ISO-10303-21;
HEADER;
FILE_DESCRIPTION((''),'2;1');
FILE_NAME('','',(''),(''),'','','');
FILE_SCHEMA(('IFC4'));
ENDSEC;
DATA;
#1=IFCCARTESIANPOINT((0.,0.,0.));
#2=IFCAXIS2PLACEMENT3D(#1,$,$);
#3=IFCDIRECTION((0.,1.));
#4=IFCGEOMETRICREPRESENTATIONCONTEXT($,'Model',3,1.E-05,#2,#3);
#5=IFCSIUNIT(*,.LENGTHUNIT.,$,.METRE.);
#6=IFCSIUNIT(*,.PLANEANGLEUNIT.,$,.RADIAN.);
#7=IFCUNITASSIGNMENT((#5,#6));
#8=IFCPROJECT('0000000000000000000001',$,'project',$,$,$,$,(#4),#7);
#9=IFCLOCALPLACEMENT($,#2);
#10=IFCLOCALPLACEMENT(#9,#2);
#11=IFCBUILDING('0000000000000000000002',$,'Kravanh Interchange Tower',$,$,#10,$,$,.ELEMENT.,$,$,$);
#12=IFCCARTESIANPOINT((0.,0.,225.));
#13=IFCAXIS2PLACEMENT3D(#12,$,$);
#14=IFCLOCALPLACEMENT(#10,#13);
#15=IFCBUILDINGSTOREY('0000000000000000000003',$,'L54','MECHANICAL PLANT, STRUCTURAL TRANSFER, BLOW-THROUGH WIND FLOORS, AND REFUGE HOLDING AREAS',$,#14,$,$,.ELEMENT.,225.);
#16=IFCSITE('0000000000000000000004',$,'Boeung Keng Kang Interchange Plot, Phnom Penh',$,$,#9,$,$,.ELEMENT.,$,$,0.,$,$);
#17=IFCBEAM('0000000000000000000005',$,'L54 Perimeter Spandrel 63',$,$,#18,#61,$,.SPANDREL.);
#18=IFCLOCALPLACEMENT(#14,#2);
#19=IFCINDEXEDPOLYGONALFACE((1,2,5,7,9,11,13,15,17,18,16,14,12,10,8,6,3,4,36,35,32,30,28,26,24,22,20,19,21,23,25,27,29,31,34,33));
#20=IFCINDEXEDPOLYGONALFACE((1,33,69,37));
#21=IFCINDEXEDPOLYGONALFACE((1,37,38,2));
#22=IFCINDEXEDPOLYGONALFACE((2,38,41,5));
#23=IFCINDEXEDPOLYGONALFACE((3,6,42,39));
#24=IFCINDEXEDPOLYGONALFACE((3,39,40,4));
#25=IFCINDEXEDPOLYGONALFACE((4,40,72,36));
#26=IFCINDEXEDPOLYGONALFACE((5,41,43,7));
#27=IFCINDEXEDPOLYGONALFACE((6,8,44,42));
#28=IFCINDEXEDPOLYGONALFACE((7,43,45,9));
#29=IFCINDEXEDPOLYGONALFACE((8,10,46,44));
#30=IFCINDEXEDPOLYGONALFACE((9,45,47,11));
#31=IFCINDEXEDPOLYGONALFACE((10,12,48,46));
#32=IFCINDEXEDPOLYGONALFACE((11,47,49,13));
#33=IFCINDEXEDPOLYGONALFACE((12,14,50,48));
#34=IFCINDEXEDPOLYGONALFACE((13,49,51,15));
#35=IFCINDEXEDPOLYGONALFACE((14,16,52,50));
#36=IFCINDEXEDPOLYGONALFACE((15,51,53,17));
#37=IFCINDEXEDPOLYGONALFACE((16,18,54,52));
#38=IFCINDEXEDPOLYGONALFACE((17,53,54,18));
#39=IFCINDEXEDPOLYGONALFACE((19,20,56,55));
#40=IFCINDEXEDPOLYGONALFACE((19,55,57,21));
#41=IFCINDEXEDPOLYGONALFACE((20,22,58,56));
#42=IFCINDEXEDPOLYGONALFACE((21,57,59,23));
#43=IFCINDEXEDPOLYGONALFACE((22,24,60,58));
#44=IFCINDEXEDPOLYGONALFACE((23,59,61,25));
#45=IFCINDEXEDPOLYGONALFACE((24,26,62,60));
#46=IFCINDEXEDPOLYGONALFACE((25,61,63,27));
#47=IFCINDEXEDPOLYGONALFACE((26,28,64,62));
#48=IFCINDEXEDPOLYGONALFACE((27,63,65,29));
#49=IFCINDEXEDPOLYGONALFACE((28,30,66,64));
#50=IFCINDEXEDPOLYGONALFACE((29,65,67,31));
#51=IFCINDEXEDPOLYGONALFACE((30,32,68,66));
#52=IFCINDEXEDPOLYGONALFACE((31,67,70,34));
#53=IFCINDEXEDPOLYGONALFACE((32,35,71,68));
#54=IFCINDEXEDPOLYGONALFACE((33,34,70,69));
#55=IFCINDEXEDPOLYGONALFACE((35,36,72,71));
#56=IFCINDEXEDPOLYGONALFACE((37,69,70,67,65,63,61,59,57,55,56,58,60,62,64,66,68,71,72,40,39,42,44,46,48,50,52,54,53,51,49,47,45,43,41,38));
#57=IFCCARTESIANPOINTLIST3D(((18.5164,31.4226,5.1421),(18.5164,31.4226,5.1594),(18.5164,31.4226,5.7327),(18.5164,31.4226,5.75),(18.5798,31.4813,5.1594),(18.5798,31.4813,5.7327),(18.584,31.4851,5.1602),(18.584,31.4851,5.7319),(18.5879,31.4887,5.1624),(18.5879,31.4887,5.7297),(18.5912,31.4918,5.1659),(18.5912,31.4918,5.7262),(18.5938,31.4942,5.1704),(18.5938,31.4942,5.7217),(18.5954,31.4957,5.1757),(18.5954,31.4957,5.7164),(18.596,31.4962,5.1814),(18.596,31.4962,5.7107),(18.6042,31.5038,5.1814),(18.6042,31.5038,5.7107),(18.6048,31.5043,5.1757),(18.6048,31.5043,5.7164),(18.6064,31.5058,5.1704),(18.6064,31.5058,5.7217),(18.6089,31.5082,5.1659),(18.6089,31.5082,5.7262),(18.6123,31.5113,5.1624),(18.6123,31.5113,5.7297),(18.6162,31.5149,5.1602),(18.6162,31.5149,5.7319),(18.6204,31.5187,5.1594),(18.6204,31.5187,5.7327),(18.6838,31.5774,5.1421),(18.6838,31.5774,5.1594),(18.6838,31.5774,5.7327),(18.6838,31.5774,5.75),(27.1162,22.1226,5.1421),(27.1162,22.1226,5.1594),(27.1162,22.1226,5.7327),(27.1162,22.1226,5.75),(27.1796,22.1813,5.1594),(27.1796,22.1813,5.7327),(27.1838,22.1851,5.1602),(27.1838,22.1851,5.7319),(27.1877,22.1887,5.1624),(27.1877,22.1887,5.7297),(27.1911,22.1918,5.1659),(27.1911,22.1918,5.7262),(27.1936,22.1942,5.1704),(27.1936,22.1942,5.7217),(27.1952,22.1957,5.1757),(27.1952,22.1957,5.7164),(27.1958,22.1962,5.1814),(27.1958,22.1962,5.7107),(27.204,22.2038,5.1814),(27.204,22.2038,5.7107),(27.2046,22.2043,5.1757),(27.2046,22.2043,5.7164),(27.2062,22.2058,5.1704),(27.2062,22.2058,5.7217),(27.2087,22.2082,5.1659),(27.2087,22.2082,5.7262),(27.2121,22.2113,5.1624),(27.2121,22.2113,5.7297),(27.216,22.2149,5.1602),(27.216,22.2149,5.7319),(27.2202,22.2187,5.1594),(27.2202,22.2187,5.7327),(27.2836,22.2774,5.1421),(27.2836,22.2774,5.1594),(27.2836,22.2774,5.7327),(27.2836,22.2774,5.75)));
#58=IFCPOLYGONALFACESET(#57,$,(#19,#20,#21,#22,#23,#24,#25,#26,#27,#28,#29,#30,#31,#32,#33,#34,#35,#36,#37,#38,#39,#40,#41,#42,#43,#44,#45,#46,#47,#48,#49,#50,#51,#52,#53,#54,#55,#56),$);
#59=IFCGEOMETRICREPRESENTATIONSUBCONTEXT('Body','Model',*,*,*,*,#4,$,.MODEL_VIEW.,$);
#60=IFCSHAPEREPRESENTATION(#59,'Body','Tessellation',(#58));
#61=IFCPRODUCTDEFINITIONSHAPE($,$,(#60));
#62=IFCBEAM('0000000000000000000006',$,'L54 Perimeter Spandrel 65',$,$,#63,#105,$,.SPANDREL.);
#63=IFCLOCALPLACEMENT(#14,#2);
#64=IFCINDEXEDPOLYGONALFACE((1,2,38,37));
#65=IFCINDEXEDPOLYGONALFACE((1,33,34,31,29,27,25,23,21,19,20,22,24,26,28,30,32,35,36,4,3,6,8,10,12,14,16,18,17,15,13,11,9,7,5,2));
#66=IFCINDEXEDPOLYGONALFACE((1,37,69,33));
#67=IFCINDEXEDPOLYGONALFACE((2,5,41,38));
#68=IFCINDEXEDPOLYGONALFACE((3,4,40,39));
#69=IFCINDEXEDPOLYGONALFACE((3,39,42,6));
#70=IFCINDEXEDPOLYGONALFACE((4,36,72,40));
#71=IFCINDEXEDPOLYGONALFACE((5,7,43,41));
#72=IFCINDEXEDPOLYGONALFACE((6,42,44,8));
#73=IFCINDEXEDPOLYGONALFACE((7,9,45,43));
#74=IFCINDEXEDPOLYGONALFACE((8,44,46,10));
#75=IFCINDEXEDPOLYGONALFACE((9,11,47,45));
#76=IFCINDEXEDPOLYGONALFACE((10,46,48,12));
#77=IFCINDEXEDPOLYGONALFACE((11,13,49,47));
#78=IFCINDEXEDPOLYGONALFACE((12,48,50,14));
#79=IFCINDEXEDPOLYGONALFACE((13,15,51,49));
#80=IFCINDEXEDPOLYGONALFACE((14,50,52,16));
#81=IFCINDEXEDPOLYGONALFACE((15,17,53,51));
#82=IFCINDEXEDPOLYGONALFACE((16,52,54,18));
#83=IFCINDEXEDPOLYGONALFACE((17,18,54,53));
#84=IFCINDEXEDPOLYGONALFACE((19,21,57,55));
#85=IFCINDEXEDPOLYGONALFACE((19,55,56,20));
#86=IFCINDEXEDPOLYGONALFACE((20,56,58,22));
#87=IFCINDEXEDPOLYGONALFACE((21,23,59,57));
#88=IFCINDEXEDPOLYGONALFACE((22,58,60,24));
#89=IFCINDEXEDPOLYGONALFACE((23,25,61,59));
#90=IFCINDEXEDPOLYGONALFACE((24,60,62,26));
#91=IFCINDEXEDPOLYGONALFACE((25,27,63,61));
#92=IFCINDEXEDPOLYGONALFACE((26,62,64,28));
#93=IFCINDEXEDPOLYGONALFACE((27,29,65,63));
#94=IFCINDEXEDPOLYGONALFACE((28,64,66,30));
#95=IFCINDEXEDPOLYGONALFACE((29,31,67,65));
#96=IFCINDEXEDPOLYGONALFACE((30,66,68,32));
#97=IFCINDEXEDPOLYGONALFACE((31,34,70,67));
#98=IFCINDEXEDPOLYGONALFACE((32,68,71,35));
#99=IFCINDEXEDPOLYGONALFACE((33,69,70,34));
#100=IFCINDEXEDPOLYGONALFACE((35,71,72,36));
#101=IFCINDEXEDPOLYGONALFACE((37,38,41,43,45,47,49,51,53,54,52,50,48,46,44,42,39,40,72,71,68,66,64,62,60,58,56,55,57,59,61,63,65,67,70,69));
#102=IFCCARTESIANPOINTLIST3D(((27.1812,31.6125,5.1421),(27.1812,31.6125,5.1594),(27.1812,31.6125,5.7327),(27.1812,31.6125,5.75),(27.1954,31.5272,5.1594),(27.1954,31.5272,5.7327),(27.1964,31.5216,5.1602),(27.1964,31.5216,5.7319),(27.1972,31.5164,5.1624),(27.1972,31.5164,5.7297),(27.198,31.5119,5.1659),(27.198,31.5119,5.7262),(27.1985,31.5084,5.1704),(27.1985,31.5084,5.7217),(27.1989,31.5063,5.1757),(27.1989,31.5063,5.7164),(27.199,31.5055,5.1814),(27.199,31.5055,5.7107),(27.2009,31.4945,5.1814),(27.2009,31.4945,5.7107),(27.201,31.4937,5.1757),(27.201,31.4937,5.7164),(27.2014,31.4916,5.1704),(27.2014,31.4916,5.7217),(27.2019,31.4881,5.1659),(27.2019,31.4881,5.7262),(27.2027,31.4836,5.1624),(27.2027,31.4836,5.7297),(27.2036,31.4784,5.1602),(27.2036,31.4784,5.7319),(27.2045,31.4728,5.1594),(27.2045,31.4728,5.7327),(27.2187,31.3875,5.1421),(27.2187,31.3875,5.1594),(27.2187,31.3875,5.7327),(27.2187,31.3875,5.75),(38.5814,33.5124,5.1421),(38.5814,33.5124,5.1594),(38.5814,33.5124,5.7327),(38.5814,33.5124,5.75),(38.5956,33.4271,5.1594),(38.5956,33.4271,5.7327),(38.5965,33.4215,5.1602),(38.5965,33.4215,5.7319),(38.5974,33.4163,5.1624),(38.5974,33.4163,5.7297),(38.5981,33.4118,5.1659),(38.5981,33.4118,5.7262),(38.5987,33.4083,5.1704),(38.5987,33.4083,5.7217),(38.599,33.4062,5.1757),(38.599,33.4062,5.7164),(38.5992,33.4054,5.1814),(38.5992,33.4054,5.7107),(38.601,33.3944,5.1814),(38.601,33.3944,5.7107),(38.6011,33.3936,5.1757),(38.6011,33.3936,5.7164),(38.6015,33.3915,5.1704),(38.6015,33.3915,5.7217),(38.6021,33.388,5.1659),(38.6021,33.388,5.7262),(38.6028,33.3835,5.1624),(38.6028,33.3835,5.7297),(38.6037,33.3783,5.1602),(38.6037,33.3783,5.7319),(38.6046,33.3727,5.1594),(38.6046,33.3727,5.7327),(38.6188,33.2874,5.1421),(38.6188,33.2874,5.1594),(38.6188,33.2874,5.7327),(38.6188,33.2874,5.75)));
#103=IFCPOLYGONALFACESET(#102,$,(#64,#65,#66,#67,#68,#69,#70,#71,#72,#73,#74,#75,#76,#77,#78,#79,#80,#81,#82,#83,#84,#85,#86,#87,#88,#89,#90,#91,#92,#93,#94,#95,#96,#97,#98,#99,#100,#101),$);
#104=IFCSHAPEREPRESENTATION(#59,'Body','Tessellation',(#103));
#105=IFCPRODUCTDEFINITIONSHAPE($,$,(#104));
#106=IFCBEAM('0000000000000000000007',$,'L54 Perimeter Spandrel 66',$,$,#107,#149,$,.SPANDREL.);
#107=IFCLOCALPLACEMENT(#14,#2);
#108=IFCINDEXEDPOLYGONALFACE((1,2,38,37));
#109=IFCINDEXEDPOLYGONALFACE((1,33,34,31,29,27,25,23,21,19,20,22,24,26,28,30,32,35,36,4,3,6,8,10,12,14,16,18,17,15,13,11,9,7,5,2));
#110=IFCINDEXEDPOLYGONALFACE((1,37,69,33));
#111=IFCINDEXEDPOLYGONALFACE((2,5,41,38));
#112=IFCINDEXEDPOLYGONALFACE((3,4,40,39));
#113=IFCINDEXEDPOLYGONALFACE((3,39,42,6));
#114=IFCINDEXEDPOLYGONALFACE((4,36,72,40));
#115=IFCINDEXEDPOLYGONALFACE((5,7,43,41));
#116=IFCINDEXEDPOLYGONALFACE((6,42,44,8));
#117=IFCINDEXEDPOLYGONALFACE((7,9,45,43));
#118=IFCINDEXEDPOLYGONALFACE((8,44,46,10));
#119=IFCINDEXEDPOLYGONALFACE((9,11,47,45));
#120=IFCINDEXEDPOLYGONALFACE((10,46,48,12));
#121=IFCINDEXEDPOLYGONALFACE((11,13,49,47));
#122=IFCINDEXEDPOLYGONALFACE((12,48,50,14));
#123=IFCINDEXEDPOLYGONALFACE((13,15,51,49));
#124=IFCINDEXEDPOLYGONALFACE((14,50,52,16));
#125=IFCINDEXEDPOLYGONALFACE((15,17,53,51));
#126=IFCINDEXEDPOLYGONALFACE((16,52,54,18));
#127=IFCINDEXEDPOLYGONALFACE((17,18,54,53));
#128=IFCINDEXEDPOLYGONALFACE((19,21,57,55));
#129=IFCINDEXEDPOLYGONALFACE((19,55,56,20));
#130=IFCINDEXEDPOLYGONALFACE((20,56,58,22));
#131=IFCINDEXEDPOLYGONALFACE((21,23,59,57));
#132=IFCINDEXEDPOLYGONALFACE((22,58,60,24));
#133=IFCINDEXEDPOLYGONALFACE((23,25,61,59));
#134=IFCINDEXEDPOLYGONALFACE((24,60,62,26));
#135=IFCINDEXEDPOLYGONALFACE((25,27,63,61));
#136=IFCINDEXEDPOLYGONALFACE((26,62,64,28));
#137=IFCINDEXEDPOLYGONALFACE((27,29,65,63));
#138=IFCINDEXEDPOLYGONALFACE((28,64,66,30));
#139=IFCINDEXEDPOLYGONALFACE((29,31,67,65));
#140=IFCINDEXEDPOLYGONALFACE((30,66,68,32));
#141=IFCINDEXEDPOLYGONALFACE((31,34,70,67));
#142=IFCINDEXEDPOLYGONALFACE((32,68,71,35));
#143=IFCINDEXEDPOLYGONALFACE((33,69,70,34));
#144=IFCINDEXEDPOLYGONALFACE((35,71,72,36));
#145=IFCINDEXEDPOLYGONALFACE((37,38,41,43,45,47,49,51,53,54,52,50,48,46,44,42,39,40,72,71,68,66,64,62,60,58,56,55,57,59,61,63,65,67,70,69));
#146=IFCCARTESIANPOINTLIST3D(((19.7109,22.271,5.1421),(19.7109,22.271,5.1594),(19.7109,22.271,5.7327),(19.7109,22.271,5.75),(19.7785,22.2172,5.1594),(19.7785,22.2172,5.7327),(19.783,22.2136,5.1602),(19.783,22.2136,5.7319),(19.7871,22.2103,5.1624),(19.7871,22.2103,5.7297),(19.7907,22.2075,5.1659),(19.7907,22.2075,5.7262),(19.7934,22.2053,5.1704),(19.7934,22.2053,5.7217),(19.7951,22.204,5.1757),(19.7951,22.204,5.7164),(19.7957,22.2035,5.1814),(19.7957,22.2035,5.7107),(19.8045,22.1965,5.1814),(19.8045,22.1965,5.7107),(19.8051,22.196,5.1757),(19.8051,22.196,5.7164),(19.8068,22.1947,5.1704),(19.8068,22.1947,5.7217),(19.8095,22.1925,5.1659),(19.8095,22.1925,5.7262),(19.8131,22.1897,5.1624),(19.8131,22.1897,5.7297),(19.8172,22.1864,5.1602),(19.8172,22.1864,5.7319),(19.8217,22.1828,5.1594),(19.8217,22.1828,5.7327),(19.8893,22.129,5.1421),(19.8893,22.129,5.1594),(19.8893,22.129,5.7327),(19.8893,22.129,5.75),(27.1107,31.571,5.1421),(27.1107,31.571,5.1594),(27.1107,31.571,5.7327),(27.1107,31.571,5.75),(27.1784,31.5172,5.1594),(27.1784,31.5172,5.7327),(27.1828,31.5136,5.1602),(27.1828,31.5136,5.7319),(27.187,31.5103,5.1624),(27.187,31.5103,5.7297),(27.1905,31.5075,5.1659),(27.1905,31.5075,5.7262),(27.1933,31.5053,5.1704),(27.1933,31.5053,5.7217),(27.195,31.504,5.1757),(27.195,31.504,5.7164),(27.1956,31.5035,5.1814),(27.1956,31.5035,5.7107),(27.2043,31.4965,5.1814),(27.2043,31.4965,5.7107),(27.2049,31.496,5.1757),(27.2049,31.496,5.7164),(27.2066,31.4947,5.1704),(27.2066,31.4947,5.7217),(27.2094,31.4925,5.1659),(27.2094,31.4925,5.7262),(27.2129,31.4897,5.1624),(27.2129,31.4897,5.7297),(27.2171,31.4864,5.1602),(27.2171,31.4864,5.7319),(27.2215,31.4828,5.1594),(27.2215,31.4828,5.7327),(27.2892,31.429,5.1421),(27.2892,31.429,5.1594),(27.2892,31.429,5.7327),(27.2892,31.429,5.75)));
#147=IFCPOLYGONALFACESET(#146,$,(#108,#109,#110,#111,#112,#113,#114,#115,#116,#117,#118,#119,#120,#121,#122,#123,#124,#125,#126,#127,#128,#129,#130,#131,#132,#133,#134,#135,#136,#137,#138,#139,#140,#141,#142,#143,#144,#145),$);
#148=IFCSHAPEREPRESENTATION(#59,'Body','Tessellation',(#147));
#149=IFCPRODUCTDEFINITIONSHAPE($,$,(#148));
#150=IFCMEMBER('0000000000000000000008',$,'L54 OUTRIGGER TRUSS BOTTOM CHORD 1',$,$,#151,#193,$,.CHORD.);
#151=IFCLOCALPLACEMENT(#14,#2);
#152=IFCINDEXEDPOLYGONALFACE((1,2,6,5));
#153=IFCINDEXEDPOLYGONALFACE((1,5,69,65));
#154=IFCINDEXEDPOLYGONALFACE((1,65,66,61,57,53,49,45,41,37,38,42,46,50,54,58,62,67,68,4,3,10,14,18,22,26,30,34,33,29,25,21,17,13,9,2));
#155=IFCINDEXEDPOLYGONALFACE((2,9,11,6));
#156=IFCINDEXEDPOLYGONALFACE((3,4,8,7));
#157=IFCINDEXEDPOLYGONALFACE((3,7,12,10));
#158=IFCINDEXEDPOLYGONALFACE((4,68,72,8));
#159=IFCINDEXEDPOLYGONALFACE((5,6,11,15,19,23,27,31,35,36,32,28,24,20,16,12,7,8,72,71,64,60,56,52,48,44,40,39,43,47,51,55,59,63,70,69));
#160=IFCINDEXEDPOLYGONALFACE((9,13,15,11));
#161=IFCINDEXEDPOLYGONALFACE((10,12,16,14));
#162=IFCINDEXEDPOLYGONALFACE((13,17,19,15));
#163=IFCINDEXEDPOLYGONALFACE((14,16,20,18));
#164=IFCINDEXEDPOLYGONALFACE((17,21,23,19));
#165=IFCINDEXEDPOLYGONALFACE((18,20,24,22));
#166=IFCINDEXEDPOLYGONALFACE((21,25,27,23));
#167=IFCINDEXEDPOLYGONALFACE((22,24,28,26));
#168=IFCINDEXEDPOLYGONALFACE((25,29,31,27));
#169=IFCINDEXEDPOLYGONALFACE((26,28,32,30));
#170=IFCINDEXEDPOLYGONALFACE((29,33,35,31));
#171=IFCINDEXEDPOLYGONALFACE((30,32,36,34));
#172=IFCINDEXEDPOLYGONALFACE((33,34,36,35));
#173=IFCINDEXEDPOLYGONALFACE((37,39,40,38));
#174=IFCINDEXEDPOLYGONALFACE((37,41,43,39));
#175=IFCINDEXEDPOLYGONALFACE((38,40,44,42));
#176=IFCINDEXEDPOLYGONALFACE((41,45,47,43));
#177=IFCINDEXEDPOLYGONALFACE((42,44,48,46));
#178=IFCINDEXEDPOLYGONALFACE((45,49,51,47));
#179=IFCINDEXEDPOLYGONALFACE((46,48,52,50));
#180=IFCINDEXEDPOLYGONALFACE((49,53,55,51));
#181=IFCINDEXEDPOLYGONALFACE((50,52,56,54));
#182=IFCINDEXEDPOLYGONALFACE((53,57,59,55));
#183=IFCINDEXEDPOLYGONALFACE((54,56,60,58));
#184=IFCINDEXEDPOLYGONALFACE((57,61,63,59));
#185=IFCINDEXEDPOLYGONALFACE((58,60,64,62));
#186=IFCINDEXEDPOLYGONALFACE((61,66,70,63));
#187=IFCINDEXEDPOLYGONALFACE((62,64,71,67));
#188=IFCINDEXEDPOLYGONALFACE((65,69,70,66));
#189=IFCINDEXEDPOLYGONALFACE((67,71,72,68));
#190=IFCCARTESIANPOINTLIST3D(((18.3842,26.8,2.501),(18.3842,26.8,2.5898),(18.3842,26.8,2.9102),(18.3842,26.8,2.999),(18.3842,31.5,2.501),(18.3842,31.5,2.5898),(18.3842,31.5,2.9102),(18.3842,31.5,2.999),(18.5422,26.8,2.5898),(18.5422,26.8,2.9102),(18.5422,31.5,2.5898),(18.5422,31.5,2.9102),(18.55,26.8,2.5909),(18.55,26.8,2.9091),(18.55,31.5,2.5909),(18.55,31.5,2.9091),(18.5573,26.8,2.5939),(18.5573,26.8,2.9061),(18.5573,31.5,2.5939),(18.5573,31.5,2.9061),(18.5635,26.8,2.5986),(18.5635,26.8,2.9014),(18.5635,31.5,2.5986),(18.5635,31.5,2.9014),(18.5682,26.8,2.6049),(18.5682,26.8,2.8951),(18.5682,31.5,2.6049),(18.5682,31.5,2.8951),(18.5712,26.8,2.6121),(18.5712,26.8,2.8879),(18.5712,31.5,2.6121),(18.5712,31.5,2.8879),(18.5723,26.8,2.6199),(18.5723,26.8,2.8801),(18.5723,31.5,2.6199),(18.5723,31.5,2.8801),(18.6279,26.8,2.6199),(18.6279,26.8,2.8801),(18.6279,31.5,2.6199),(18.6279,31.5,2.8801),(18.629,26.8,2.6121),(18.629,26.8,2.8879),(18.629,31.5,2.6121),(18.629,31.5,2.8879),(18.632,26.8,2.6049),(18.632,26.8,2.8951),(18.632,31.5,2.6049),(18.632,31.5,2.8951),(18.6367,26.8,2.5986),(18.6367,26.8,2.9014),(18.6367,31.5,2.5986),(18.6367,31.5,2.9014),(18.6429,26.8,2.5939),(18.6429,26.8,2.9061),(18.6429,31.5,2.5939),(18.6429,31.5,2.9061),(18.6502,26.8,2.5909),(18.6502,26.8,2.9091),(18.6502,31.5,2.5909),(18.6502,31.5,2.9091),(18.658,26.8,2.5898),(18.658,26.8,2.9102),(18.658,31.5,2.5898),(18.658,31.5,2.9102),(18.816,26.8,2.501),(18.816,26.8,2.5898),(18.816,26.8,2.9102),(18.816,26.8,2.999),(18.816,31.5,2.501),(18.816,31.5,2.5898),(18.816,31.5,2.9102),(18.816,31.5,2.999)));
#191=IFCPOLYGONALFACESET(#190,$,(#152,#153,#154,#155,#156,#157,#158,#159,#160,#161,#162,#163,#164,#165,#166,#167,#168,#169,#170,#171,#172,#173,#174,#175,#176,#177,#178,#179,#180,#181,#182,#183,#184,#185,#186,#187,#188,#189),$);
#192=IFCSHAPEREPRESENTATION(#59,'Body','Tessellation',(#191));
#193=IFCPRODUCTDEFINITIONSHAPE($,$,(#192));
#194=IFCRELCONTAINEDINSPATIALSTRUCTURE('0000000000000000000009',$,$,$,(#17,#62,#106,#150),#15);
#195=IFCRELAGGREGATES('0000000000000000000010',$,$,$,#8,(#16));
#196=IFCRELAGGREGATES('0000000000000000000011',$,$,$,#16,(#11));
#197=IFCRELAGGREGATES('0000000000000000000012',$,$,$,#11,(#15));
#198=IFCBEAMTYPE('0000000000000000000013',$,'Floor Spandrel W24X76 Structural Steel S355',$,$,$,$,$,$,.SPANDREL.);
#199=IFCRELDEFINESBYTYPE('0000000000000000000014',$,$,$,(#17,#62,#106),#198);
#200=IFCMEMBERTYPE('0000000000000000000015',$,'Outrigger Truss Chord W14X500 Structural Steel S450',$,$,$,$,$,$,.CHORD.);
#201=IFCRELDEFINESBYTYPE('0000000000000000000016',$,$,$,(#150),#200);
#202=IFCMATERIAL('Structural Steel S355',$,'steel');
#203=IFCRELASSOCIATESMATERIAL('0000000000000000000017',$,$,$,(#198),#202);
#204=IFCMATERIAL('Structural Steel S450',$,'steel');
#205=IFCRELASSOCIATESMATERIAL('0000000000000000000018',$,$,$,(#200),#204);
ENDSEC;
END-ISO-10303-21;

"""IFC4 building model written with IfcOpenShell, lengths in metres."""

from ifc_helpers import new_model, si_unit, direction, frame, origin, origin_2d, place, context, subcontext, project, spatial, i_section, extrude, material, material_profile, profile_set, type_object, element, save


model = new_model("IFC4")

# Units and contexts
model_context = context("Model", 3, precision=1e-05, world=origin(), true_north=direction((0.0, 1.0)))
body_context = subcontext(model_context, "Body", "Model", "MODEL_VIEW")
ifc_project = project(units=[si_unit("LENGTHUNIT", "METRE"), si_unit("PLANEANGLEUNIT", "RADIAN")], contexts=[model_context])

# Site, building, storey
site_placement = place(None, origin())
site = spatial("IfcSite", under=ifc_project, at=site_placement, Name="Boeung Keng Kang Interchange Plot, Phnom Penh", CompositionType="ELEMENT", RefElevation=0.0)
building_placement = place(site_placement, origin())
building = spatial("IfcBuilding", under=site, at=building_placement, Name="Kravanh Interchange Tower", CompositionType="ELEMENT")
storey_placement = place(building_placement, frame((0.0, 0.0, 225.0)))
storey = spatial("IfcBuildingStorey", under=building, at=storey_placement, Name="L54", Description="MECHANICAL PLANT, STRUCTURAL TRANSFER, BLOW-THROUGH WIND FLOORS, AND REFUGE HOLDING AREAS", CompositionType="ELEMENT", Elevation=225.0)

# Beams
ifc_material_1 = material(Name="Structural Steel S355", Category="steel")
ifc_material_profile_1 = material_profile(ifc_material_1, i_section(OverallWidth=0.228, OverallDepth=0.6079, WebThickness=0.0112, FlangeThickness=0.0173, FilletRadius=0.022, at=origin_2d()), Name="W24X76")
ifc_profile_set_1 = profile_set([ifc_material_profile_1], Name="Structural Steel S355")
beam_type_1 = type_object("IfcBeamType", Name="Floor Spandrel W24X76 Structural Steel S355", PredefinedType="SPANDREL", material=ifc_profile_set_1)
beam_1_placement = place(storey_placement, frame((18.6001, 31.5, 5.446), z_axis=(0.678927, -0.734205, 0.0), x_axis=(0.734205, 0.678927, 0.0)))
element("IfcBeam", 1, at=beam_1_placement, inside=storey, type_object=beam_type_1, Name="L54 Perimeter Spandrel 63", PredefinedType="SPANDREL", context=body_context, shape_type="SweptSolid", body=[
    extrude(i_section(OverallWidth=0.228, OverallDepth=0.6079, WebThickness=0.0112, FlangeThickness=0.0173, FilletRadius=0.022, at=origin_2d()), origin(), (0.0, 0.0, 1.0), 12.6667),
])
beam_2_placement = place(storey_placement, frame((27.2, 31.5, 5.446), z_axis=(0.986396, 0.164389, 0.0), x_axis=(-0.164389, 0.986396, 0.0)))
element("IfcBeam", 2, at=beam_2_placement, inside=storey, type_object=beam_type_1, Name="L54 Perimeter Spandrel 65", PredefinedType="SPANDREL", context=body_context, shape_type="SweptSolid", body=[
    extrude(i_section(OverallWidth=0.228, OverallDepth=0.6079, WebThickness=0.0112, FlangeThickness=0.0173, FilletRadius=0.022, at=origin_2d()), origin(), (0.0, 0.0, 1.0), 11.5574),
])
beam_3_placement = place(storey_placement, frame((27.2, 31.5, 5.446), z_axis=(-0.622634, -0.782513, 0.0), x_axis=(0.782513, -0.622634, 0.0)))
element("IfcBeam", 3, at=beam_3_placement, inside=storey, type_object=beam_type_1, Name="L54 Perimeter Spandrel 66", PredefinedType="SPANDREL", context=body_context, shape_type="SweptSolid", body=[
    extrude(i_section(OverallWidth=0.228, OverallDepth=0.6079, WebThickness=0.0112, FlangeThickness=0.0173, FilletRadius=0.022, at=origin_2d()), origin(), (0.0, 0.0, 1.0), 11.8848),
])

# Member
ifc_material_2 = material(Name="Structural Steel S450", Category="steel")
ifc_material_profile_2 = material_profile(ifc_material_2, i_section(OverallWidth=0.4319, OverallDepth=0.498, WebThickness=0.0557, FlangeThickness=0.0889, FilletRadius=0.03, at=origin_2d()), Name="W14X500")
ifc_profile_set_2 = profile_set([ifc_material_profile_2], Name="Structural Steel S450")
member_type_1 = type_object("IfcMemberType", Name="Outrigger Truss Chord W14X500 Structural Steel S450", PredefinedType="CHORD", material=ifc_profile_set_2)
for number, where, z_axis, x_axis, name in (
    (4, (18.6001, 31.5, 2.75), (0.0, -1.0, 0.0), (1.0, 0.0, 0.0), "L54 OUTRIGGER TRUSS BOTTOM CHORD 1"),
):
    element("IfcMember", number, at=place(storey_placement, frame(where, z_axis=z_axis, x_axis=x_axis)), inside=storey, type_object=member_type_1, Name=name, PredefinedType="CHORD", context=body_context, shape_type="SweptSolid", body=[
        extrude(i_section(OverallWidth=0.4319, OverallDepth=0.498, WebThickness=0.0557, FlangeThickness=0.0889, FilletRadius=0.03, at=origin_2d()), origin(), (0.0, 0.0, 1.0), 4.7),
    ])

save(model, "model.ifc")
